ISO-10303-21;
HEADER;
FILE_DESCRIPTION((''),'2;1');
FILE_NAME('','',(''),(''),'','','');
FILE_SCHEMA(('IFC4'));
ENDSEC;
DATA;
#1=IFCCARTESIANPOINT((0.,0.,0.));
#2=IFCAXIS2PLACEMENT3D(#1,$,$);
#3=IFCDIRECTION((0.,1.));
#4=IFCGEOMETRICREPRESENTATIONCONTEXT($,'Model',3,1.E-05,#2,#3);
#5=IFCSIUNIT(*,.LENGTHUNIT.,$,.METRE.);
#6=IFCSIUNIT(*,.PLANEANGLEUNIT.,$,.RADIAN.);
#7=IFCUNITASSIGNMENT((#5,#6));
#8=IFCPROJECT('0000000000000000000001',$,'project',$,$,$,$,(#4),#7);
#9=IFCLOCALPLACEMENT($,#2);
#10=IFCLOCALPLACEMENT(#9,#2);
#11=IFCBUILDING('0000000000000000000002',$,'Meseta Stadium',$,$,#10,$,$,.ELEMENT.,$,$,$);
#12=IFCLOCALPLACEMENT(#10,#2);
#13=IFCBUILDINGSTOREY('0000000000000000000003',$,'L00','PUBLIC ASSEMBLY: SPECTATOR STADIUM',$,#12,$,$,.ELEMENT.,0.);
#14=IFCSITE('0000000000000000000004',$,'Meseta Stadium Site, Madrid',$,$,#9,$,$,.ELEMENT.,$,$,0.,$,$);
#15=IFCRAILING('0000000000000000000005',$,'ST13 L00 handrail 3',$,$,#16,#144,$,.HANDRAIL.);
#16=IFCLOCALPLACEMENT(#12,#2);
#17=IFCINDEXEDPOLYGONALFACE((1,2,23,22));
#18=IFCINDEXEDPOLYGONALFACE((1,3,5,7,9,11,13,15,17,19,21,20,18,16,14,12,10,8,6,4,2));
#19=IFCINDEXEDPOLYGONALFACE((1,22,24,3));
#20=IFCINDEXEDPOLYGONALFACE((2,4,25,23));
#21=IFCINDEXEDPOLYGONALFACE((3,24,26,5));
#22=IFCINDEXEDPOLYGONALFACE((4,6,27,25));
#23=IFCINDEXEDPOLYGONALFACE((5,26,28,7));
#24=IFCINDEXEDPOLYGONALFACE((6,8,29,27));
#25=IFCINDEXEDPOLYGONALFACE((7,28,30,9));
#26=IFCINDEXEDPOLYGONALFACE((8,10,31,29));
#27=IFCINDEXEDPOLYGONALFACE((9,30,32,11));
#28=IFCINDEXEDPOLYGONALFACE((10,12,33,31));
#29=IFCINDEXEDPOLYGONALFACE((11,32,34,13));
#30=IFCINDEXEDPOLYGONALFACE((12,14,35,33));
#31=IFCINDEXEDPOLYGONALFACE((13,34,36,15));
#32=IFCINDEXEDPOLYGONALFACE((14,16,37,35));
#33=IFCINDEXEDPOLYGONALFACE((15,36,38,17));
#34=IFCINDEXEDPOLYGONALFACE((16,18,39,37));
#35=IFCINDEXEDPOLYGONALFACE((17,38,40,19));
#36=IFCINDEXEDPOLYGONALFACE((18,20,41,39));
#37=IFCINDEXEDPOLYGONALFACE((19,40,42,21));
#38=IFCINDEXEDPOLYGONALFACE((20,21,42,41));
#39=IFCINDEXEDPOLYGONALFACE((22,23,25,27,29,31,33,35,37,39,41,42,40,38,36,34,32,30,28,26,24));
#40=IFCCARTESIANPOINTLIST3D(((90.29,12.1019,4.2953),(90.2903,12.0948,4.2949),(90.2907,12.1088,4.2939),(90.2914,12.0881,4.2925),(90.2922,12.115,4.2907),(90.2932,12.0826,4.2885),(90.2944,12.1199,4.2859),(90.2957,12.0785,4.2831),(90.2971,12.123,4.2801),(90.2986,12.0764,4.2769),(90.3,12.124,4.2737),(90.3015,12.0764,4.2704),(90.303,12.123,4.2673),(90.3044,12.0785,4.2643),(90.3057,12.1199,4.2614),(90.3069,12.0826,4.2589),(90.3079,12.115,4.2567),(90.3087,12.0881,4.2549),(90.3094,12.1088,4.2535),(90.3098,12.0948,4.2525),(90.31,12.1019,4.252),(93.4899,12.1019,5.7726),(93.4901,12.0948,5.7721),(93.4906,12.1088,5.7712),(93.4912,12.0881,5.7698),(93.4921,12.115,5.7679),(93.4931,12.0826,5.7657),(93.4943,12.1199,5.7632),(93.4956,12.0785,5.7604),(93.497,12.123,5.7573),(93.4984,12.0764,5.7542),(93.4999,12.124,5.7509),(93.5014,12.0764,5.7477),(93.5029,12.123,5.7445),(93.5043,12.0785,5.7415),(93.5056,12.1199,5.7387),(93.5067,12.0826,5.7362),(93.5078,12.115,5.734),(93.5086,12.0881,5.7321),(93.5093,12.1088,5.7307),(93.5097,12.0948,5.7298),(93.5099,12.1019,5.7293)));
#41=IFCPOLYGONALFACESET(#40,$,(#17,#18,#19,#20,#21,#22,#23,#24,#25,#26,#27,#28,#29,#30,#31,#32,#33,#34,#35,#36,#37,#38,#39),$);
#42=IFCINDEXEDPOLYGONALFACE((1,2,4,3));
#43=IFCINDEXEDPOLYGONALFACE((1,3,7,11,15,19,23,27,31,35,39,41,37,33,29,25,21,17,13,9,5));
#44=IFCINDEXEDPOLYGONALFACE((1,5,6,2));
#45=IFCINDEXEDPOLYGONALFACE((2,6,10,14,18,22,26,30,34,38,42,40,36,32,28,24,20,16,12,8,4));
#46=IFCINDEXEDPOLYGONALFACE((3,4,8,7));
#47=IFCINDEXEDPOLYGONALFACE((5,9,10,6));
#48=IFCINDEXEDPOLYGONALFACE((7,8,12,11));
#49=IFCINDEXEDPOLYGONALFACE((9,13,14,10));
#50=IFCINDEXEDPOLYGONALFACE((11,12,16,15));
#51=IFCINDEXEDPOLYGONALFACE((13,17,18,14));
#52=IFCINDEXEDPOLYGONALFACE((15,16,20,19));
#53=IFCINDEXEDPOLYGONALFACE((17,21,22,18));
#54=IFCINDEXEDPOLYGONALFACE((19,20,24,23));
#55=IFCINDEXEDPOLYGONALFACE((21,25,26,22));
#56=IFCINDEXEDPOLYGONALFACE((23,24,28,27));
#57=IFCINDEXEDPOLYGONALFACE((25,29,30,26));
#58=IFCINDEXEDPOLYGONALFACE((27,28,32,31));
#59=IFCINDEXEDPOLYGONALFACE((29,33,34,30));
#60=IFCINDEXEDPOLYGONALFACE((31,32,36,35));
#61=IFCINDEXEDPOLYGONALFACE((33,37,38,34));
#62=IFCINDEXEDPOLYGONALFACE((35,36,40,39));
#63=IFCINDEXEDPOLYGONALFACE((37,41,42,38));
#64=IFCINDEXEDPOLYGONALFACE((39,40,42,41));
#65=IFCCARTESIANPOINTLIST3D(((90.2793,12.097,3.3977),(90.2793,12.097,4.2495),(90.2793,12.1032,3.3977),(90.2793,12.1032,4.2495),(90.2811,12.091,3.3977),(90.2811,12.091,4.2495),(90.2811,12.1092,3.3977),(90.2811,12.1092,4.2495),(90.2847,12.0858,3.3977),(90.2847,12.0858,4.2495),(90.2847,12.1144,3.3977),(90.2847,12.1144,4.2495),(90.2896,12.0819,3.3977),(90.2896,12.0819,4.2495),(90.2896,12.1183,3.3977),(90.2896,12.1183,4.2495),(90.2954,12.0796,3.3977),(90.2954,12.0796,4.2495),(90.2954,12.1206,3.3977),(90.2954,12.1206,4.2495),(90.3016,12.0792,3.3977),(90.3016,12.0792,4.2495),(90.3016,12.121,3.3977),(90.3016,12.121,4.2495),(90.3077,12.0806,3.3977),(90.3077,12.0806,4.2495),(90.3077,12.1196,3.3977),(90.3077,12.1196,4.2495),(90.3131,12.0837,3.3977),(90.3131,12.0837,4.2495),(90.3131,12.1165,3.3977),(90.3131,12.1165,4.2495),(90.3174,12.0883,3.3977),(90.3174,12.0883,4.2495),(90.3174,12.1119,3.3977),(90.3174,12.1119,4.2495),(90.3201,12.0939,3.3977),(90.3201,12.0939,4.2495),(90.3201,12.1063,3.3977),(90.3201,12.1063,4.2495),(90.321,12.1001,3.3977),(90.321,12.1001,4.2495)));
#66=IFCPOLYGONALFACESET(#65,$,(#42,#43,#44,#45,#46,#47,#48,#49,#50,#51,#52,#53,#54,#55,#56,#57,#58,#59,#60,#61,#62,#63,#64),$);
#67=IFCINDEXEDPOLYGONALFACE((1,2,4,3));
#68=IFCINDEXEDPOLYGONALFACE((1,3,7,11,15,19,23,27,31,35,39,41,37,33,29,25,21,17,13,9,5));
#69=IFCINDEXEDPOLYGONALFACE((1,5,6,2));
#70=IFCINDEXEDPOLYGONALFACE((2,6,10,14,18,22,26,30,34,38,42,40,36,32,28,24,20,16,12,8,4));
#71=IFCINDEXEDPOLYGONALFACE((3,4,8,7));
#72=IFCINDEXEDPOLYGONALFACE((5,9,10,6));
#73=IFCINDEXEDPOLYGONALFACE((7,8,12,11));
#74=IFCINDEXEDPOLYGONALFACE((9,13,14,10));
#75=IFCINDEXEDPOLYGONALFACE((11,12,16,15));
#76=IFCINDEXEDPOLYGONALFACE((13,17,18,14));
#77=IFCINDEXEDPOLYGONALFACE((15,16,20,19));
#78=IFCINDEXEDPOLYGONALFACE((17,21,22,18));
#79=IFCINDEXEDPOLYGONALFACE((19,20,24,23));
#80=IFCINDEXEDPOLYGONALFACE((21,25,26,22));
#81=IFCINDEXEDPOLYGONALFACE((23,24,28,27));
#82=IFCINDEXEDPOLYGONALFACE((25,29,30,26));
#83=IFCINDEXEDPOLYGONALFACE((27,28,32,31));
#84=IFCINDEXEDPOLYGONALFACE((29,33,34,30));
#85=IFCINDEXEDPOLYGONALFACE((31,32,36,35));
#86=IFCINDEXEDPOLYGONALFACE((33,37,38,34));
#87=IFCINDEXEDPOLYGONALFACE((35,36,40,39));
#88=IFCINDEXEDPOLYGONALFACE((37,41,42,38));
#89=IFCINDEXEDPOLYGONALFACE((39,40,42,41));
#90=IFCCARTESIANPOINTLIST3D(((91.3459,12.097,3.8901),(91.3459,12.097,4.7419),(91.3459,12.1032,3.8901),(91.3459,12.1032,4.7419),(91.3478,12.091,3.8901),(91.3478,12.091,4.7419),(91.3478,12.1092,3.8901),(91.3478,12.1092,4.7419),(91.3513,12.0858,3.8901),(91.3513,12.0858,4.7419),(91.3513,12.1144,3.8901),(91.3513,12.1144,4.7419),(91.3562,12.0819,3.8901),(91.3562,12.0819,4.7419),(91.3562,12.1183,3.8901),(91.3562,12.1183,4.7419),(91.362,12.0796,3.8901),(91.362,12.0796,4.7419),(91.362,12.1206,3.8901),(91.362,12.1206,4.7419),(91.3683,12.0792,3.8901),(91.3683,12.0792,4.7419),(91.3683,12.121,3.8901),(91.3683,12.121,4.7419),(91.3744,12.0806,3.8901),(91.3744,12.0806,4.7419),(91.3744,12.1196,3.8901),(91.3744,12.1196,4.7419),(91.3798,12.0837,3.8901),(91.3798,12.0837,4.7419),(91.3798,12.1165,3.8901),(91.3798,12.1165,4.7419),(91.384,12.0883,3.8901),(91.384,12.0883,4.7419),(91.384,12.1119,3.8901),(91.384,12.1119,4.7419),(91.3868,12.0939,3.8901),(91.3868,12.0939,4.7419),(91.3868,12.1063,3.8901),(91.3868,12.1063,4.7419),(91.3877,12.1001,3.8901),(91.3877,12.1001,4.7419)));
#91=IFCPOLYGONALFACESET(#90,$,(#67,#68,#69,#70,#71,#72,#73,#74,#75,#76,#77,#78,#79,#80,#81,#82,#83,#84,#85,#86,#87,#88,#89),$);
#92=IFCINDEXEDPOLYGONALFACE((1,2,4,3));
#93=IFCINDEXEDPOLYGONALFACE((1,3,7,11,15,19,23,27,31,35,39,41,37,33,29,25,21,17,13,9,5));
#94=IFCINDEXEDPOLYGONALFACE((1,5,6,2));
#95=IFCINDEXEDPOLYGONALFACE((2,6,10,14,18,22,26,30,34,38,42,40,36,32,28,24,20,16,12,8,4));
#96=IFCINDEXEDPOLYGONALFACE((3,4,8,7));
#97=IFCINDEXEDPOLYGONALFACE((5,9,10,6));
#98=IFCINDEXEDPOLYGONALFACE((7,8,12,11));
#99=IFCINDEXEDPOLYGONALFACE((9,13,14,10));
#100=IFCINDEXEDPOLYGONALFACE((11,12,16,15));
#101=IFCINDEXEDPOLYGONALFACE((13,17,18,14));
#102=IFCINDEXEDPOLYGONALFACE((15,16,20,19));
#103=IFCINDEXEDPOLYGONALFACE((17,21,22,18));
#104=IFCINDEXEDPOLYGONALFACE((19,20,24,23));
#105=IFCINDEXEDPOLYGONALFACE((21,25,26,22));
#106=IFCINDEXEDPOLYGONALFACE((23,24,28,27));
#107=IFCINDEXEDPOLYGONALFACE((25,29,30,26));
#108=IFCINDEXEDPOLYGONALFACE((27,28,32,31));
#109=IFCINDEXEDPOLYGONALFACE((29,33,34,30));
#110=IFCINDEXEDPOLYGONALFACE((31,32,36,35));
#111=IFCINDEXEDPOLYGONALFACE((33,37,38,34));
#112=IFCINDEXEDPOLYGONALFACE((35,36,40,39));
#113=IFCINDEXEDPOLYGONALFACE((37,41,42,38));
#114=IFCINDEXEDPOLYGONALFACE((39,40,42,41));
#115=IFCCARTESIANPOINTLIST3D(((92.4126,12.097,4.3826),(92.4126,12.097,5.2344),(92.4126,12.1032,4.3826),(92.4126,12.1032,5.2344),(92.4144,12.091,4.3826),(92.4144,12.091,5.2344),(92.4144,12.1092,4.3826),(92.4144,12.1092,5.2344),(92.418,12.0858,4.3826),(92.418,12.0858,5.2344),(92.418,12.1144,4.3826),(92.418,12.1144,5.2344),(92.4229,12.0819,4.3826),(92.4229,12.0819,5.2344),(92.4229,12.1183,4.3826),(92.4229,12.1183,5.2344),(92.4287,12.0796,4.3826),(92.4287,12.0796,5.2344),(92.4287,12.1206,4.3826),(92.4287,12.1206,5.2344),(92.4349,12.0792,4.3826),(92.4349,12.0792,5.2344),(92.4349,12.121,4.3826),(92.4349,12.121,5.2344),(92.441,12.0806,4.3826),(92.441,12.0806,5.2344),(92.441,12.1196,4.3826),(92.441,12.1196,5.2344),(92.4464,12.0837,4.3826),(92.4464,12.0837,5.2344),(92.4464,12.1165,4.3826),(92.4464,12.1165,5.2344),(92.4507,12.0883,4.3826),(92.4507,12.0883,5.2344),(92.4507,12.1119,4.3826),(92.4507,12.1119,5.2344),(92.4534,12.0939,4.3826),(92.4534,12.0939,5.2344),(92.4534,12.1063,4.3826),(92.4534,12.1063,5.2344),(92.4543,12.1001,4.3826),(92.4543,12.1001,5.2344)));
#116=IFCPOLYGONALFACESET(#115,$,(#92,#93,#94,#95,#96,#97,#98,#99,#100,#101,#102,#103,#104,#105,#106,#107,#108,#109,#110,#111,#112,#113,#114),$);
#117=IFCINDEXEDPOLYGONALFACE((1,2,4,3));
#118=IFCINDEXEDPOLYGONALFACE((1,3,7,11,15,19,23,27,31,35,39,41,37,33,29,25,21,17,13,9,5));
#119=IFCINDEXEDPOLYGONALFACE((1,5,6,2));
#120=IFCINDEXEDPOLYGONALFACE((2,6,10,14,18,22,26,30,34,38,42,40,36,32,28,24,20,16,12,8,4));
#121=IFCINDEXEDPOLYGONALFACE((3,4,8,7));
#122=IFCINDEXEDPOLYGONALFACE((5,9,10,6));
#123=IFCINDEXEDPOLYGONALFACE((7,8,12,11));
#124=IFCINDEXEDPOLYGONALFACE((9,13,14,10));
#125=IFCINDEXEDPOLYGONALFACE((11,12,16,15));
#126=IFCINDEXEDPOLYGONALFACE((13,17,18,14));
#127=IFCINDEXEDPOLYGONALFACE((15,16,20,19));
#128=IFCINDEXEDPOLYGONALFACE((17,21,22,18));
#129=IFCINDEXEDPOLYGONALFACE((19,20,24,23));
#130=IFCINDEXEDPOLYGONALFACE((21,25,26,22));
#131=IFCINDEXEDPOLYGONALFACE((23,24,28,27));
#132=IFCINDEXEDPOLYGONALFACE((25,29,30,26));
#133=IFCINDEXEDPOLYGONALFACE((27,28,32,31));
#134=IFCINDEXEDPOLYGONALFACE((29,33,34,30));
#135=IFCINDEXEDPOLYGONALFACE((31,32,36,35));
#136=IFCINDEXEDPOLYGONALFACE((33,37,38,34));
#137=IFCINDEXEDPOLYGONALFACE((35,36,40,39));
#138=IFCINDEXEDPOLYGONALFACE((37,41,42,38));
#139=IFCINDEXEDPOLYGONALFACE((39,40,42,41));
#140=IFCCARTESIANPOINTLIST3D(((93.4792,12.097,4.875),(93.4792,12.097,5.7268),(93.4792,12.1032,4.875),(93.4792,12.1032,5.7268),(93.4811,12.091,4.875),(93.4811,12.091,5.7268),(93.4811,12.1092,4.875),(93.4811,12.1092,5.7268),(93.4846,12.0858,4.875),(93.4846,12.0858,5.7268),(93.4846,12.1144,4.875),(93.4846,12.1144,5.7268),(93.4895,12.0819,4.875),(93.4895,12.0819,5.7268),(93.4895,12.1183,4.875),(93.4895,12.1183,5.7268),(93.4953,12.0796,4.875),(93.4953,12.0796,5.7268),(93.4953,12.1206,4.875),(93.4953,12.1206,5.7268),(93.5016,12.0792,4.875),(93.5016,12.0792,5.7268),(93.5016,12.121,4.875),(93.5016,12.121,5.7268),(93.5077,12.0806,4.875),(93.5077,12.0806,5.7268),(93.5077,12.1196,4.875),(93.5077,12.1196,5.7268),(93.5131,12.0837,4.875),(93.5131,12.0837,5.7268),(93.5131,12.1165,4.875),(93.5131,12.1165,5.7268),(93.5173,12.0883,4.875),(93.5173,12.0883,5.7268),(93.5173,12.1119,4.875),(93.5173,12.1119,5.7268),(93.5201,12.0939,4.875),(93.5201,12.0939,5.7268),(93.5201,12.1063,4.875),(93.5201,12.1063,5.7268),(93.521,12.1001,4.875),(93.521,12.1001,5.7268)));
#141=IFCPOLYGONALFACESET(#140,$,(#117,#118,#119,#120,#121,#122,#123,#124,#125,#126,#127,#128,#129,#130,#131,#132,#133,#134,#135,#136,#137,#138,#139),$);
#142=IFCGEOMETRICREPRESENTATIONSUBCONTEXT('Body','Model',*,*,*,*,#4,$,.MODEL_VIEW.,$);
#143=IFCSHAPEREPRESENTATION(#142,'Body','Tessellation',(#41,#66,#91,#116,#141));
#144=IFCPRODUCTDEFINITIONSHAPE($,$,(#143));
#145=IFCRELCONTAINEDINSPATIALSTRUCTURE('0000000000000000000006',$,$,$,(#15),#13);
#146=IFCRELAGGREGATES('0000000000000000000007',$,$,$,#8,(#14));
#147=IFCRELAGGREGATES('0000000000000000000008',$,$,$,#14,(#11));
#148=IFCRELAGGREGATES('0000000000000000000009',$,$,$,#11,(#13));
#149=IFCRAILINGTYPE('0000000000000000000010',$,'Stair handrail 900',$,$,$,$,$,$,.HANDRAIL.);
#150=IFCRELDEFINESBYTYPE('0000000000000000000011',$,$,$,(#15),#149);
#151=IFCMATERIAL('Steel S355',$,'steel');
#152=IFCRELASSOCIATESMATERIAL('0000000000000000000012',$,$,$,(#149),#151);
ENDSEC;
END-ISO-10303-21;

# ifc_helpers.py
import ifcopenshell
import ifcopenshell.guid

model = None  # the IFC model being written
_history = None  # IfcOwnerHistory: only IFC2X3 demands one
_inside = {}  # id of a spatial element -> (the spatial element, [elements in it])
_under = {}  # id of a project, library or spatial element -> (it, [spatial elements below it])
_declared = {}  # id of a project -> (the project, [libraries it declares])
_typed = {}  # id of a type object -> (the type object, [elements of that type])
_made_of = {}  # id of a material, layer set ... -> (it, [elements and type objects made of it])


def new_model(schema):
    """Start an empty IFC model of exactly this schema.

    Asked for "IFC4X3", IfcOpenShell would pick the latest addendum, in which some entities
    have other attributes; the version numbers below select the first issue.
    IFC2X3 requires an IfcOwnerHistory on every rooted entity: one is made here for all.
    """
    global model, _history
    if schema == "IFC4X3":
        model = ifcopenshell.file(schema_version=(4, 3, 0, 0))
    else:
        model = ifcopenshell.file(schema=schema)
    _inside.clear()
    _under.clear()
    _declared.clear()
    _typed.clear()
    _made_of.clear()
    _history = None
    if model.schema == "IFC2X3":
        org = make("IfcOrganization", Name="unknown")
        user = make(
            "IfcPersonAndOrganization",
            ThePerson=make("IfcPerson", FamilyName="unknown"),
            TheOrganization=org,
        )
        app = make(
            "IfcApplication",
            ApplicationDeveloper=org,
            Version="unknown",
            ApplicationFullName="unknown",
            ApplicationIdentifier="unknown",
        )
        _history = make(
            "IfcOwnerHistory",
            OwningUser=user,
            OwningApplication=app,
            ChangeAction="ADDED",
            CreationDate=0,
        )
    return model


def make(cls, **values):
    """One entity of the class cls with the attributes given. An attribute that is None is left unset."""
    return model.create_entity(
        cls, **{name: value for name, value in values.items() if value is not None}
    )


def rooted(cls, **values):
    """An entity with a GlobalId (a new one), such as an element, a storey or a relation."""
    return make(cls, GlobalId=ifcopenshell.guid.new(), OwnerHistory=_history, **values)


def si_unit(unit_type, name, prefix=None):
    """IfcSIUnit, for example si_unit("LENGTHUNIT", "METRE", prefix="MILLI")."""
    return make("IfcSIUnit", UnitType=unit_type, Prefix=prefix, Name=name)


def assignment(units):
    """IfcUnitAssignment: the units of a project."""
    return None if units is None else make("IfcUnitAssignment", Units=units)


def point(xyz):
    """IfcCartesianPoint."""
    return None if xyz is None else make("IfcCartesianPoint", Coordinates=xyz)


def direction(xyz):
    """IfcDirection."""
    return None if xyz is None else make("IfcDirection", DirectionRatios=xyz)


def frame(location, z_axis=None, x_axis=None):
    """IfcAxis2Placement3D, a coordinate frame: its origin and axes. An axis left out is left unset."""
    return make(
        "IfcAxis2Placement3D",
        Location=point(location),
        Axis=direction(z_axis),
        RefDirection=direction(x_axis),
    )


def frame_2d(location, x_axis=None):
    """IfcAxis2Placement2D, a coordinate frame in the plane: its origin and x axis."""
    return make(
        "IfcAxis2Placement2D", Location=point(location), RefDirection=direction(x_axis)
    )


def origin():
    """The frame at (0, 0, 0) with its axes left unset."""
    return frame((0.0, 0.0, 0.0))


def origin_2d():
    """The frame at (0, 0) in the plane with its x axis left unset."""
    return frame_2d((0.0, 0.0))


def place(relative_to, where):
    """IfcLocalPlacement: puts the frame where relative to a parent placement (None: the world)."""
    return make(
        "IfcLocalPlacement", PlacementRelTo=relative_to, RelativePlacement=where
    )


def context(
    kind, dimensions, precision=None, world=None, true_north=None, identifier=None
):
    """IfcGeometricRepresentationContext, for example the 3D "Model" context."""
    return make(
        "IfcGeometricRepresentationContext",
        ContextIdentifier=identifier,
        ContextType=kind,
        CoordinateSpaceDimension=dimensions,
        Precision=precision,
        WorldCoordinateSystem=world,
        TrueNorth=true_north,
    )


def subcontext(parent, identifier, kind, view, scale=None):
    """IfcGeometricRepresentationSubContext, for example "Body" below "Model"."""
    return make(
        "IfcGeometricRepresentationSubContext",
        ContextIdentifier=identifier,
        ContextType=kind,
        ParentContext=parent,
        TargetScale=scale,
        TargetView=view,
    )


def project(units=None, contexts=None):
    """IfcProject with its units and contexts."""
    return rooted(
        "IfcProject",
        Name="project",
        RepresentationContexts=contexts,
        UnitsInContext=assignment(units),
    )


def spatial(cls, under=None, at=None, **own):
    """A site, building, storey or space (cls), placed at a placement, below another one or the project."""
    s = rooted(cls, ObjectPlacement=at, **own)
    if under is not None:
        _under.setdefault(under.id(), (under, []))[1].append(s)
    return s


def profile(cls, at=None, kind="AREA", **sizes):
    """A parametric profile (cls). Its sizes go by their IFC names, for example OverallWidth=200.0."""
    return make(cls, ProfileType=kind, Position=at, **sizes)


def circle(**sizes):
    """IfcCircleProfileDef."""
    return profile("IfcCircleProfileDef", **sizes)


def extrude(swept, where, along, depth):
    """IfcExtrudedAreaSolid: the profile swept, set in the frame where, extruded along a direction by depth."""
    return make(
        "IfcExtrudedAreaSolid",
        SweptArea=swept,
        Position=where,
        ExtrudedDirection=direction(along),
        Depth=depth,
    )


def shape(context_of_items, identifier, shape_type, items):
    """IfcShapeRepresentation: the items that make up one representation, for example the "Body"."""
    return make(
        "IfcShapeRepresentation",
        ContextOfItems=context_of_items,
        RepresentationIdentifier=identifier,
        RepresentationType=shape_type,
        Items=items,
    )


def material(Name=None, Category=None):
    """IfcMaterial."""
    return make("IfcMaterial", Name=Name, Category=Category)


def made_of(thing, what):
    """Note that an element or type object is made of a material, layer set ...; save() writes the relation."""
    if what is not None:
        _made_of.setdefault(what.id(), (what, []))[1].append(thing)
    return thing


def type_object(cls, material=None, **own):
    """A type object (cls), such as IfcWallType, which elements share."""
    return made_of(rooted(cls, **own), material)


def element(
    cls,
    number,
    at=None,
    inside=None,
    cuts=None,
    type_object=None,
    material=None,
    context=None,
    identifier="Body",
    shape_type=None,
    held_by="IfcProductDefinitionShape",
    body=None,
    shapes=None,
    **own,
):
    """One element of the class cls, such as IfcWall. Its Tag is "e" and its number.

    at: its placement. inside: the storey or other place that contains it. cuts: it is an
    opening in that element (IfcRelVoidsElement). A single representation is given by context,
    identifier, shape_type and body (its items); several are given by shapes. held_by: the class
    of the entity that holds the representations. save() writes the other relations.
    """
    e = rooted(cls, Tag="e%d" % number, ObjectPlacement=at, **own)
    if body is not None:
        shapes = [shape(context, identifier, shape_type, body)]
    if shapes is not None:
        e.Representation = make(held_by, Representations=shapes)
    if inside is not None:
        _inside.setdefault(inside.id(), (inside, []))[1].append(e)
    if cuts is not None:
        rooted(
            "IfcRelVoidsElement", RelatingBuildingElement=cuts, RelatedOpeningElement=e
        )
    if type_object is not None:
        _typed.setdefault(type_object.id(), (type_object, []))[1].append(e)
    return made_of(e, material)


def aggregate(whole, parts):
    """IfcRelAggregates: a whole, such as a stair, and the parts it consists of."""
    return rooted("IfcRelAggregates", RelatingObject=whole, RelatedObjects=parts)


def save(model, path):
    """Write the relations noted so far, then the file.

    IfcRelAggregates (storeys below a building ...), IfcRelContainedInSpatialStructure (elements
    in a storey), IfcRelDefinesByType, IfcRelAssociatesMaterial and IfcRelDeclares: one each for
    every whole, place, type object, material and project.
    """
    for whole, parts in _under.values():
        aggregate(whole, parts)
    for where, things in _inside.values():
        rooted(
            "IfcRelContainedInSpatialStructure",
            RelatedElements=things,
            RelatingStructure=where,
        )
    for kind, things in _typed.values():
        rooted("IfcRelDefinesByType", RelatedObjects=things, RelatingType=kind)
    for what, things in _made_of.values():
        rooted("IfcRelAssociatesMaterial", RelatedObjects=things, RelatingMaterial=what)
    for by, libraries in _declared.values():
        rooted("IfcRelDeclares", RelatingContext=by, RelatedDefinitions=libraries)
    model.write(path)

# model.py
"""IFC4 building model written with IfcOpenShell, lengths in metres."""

from ifc_helpers import new_model, si_unit, direction, frame, origin, origin_2d, place, context, subcontext, project, spatial, circle, extrude, material, type_object, element, save


model = new_model("IFC4")

# Units and contexts
model_context = context("Model", 3, precision=1e-05, world=origin(), true_north=direction((0.0, 1.0)))
body_context = subcontext(model_context, "Body", "Model", "MODEL_VIEW")
ifc_project = project(units=[si_unit("LENGTHUNIT", "METRE"), si_unit("PLANEANGLEUNIT", "RADIAN")], contexts=[model_context])

# Site, building, storey
site_placement = place(None, origin())
site = spatial("IfcSite", under=ifc_project, at=site_placement, Name="Meseta Stadium Site, Madrid", CompositionType="ELEMENT", RefElevation=0.0)
building_placement = place(site_placement, origin())
building = spatial("IfcBuilding", under=site, at=building_placement, Name="Meseta Stadium", CompositionType="ELEMENT")
storey_placement = place(building_placement, origin())
storey = spatial("IfcBuildingStorey", under=building, at=storey_placement, Name="L00", Description="PUBLIC ASSEMBLY: SPECTATOR STADIUM", CompositionType="ELEMENT", Elevation=0.0)

# Railing
ifc_material_1 = material(Name="Steel S355", Category="steel")
railing_type_1 = type_object("IfcRailingType", Name="Stair handrail 900", PredefinedType="HANDRAIL", material=ifc_material_1)
for number, where, name in (
    (1, (90.3, 12.1001, 3.3977), "ST13 L00 handrail 3"),
):
    element("IfcRailing", number, at=place(storey_placement, frame(where)), inside=storey, type_object=railing_type_1, Name=name, PredefinedType="HANDRAIL", context=body_context, shape_type="SweptSolid", body=[
        extrude(circle(Radius=0.0239, at=origin_2d()), frame((0.0, 0.0, 0.876), z_axis=(0.907917, 0.0, 0.41915), x_axis=(0.0, 1.0, 0.0)), (0.0, 0.0, 1.0), 3.5244),
        extrude(circle(Radius=0.021, at=origin_2d()), origin(), (0.0, 0.0, 1.0), 0.8518),
        extrude(circle(Radius=0.021, at=origin_2d()), frame((1.0667, 0.0, 0.4924)), (0.0, 0.0, 1.0), 0.8518),
        extrude(circle(Radius=0.021, at=origin_2d()), frame((2.1333, 0.0, 0.9849)), (0.0, 0.0, 1.0), 0.8518),
        extrude(circle(Radius=0.021, at=origin_2d()), frame((3.2, 0.0, 1.4773)), (0.0, 0.0, 1.0), 0.8518),
    ])

save(model, "model.ifc")
